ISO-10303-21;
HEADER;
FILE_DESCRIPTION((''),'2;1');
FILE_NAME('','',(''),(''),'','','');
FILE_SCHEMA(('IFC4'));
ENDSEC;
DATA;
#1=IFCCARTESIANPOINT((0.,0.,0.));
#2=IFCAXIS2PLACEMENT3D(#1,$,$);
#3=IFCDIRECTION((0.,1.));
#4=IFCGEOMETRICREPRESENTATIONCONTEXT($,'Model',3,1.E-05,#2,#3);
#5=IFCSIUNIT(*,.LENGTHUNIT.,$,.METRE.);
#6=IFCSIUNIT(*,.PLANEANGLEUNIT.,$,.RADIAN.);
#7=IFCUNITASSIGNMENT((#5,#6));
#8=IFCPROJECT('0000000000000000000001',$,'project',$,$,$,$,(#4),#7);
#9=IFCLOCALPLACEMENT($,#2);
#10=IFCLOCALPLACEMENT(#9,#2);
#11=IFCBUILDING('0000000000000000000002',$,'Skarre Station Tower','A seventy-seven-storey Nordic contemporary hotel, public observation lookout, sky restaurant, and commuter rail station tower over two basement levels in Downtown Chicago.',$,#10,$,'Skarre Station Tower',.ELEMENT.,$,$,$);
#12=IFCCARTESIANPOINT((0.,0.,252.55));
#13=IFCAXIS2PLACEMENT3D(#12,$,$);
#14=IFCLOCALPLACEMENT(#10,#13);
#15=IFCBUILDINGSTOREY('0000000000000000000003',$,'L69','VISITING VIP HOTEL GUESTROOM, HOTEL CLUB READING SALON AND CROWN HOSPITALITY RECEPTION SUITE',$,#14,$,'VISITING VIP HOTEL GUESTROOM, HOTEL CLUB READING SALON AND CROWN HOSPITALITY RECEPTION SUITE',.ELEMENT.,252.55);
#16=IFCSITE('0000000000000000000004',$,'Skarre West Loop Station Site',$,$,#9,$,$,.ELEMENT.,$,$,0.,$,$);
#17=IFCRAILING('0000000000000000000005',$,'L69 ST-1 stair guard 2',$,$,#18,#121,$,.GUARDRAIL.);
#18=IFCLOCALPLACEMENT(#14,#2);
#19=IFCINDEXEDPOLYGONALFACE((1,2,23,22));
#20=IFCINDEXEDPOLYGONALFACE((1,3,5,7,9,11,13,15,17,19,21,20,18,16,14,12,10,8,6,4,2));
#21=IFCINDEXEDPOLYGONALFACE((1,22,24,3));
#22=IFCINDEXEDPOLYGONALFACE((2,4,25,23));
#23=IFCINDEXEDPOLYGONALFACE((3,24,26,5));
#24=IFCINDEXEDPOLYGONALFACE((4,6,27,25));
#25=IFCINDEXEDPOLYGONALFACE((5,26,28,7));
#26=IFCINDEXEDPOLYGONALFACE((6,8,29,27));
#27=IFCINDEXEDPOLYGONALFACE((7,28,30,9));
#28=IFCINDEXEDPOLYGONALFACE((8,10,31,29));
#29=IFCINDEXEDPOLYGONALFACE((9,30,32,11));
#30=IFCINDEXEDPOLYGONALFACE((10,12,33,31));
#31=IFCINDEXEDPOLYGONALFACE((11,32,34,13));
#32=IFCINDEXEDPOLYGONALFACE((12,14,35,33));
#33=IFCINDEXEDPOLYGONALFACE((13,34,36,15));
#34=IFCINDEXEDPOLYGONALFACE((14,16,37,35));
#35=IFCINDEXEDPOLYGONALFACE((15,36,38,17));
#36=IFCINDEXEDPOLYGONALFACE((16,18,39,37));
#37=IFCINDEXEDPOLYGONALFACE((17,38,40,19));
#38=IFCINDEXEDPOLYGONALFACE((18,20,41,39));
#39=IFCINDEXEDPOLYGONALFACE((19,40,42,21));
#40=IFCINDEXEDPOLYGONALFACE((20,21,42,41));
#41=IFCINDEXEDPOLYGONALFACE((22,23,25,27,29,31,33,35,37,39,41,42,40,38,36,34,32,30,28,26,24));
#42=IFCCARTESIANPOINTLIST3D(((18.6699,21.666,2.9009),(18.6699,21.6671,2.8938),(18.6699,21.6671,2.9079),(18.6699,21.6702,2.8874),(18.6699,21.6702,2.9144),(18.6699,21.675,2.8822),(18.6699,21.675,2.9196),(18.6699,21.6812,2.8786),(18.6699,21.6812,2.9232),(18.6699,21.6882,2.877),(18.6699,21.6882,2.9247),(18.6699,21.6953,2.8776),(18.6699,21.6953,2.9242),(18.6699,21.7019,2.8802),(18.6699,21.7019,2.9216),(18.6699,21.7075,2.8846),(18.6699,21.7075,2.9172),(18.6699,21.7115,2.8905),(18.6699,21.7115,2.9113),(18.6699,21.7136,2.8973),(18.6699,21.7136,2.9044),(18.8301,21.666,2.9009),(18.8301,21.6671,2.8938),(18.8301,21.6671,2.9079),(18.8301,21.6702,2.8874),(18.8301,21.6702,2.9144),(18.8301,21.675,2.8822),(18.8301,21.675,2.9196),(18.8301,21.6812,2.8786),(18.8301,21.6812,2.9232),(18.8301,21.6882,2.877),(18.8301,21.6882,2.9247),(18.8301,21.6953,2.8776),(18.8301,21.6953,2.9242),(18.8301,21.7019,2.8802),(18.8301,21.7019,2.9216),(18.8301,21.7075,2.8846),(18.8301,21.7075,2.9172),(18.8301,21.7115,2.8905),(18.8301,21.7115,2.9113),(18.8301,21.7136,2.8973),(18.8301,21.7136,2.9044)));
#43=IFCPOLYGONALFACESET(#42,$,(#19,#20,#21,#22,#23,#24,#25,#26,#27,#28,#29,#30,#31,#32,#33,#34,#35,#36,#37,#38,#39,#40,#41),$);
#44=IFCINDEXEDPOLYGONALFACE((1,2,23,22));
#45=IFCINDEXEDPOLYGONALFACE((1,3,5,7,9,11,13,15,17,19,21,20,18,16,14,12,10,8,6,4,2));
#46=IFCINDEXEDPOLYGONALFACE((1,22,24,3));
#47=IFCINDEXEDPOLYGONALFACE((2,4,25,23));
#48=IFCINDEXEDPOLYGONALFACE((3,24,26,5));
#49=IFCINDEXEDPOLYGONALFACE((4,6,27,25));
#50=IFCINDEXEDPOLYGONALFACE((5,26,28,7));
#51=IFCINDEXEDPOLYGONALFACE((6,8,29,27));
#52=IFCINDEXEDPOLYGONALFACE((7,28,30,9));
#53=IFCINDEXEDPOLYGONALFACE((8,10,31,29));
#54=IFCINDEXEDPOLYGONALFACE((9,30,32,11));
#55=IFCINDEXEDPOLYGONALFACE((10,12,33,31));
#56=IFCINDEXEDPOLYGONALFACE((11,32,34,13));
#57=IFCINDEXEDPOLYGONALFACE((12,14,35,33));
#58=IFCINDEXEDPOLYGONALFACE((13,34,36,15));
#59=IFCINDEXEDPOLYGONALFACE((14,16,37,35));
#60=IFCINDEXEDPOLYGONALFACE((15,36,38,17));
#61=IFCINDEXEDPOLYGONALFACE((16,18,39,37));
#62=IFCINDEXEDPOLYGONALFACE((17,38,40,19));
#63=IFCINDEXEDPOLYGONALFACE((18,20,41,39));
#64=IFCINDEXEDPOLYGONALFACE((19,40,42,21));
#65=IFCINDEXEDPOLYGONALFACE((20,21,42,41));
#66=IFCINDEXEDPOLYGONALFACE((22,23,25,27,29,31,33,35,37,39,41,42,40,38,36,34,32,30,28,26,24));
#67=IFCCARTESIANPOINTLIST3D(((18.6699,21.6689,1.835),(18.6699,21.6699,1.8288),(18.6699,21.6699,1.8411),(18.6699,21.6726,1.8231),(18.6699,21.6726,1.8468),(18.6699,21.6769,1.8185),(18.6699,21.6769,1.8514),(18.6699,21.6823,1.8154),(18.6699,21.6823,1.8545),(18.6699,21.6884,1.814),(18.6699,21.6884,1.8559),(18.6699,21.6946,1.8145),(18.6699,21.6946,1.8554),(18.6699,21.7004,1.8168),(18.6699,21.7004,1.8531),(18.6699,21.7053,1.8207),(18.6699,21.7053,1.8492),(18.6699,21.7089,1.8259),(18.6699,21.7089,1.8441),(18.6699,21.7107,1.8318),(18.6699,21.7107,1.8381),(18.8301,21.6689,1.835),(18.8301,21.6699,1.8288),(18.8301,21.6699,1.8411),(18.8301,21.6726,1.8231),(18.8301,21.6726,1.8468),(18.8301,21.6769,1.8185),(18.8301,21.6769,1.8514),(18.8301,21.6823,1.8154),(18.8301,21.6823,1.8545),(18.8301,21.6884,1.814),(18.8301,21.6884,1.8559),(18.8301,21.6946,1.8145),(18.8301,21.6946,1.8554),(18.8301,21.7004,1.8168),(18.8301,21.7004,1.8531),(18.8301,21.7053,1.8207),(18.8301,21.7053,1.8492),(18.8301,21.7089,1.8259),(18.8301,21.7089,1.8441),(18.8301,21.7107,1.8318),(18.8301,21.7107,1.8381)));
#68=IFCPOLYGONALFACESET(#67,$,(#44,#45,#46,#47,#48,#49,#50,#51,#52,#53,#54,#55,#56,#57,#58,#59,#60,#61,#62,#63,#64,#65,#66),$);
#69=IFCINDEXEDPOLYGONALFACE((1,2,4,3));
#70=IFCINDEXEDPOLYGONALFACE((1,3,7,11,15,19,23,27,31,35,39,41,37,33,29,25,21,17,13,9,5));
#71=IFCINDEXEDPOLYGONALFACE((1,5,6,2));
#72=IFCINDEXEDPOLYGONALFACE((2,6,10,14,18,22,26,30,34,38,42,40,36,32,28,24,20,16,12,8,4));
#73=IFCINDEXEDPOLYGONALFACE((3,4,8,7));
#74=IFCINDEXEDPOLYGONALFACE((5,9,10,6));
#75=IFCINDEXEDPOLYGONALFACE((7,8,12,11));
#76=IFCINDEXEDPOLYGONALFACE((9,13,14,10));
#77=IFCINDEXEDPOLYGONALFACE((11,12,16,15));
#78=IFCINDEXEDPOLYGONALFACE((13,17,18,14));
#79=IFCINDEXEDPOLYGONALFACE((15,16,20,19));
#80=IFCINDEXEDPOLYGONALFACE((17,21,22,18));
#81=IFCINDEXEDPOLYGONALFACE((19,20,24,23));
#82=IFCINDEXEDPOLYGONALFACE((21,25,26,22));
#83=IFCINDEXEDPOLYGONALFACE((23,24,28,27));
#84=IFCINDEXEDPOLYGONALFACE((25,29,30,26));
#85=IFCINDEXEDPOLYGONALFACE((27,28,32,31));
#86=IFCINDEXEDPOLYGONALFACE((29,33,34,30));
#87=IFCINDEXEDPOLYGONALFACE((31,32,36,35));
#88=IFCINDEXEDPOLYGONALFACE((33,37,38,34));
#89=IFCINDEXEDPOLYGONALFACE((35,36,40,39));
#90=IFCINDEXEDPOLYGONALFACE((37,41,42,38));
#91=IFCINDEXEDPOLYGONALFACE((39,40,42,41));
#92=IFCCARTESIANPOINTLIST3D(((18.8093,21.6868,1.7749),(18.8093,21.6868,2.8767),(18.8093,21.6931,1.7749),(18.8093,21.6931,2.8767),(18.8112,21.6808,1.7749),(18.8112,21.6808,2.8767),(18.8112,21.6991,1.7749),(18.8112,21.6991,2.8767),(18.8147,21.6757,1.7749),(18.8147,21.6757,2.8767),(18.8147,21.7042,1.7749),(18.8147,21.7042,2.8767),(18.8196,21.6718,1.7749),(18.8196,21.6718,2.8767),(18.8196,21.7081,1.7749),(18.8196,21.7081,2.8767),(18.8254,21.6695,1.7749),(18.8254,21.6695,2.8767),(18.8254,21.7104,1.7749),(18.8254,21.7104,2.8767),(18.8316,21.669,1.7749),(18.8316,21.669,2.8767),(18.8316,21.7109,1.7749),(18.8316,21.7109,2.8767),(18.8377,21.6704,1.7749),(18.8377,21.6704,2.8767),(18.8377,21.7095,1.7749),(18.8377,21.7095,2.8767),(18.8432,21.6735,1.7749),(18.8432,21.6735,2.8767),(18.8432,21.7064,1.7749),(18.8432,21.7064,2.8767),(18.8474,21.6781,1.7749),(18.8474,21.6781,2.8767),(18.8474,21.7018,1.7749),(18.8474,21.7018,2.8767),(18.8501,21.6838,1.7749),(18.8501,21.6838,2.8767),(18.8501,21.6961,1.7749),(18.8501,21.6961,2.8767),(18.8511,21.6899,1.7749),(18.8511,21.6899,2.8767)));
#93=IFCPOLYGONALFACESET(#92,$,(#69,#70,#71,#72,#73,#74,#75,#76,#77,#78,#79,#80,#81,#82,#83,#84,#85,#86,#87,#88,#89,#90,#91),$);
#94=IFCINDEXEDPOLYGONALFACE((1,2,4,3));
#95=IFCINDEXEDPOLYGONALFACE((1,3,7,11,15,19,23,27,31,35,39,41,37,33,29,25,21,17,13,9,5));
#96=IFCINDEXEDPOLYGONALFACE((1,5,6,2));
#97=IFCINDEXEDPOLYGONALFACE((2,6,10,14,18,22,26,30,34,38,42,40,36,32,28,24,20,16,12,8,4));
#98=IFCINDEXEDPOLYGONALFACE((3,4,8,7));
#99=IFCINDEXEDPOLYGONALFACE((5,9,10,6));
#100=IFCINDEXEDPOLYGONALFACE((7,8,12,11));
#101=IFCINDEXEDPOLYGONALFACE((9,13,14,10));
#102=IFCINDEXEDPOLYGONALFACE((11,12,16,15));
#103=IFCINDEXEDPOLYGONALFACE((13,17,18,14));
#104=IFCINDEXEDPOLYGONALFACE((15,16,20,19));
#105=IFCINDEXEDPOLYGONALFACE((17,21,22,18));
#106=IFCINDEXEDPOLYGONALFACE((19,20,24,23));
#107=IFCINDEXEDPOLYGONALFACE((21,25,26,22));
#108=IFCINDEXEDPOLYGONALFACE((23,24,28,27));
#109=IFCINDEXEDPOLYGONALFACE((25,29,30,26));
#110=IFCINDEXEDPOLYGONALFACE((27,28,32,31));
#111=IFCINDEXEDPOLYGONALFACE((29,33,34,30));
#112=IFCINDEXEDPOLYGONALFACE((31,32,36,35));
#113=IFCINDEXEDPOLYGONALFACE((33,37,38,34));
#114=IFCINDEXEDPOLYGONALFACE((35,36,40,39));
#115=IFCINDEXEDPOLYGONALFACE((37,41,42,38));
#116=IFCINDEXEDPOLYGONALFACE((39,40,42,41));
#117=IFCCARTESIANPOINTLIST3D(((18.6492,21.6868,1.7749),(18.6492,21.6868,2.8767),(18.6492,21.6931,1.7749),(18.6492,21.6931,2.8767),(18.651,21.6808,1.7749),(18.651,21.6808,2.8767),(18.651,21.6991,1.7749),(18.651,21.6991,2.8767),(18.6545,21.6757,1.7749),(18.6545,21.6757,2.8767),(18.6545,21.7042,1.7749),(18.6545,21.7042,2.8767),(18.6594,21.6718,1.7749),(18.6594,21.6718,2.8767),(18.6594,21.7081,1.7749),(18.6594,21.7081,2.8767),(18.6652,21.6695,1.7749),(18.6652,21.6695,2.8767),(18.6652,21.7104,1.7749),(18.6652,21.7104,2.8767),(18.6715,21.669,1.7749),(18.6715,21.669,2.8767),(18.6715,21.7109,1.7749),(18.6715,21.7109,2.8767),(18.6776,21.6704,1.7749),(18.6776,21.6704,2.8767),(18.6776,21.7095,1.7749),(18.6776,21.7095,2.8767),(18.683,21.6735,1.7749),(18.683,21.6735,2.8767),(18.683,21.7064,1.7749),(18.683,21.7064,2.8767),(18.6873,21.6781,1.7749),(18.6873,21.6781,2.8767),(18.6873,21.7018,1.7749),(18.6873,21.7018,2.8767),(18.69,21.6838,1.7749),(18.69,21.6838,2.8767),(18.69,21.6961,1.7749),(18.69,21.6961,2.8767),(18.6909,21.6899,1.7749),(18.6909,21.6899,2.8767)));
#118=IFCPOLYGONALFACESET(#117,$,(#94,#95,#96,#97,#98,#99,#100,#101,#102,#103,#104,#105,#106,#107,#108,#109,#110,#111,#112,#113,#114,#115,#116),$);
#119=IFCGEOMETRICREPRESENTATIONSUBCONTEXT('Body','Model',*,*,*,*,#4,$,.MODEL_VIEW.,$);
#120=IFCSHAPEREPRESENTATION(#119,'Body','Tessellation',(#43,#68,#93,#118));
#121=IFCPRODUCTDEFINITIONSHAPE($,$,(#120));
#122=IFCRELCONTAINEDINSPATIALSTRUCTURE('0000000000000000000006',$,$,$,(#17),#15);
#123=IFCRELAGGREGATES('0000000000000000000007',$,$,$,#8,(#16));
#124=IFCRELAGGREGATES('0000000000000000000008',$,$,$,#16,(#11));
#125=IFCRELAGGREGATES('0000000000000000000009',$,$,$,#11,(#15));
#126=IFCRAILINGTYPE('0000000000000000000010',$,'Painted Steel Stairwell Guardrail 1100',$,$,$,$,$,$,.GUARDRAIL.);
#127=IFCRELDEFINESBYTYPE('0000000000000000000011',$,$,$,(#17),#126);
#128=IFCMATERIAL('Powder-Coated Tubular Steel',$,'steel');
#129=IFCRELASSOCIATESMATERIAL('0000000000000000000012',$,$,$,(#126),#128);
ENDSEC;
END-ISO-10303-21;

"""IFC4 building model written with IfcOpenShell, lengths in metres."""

from ifc_helpers import new_model, si_unit, direction, frame, origin, origin_2d, place, context, subcontext, project, spatial, circle, extrude, material, type_object, element, save


model = new_model("IFC4")

# Units and contexts
model_context = context("Model", 3, precision=1e-05, world=origin(), true_north=direction((0.0, 1.0)))
body_context = subcontext(model_context, "Body", "Model", "MODEL_VIEW")
ifc_project = project(units=[si_unit("LENGTHUNIT", "METRE"), si_unit("PLANEANGLEUNIT", "RADIAN")], contexts=[model_context])

# Site, building, storey
site_placement = place(None, origin())
site = spatial("IfcSite", under=ifc_project, at=site_placement, Name="Skarre West Loop Station Site", CompositionType="ELEMENT", RefElevation=0.0)
building_placement = place(site_placement, origin())
building = spatial("IfcBuilding", under=site, at=building_placement, Name="Skarre Station Tower", Description="A seventy-seven-storey Nordic contemporary hotel, public observation lookout, sky restaurant, and commuter rail station tower over two basement levels in Downtown Chicago.", LongName="Skarre Station Tower", CompositionType="ELEMENT")
storey_placement = place(building_placement, frame((0.0, 0.0, 252.55)))
storey = spatial("IfcBuildingStorey", under=building, at=storey_placement, Name="L69", Description="VISITING VIP HOTEL GUESTROOM, HOTEL CLUB READING SALON AND CROWN HOSPITALITY RECEPTION SUITE", LongName="VISITING VIP HOTEL GUESTROOM, HOTEL CLUB READING SALON AND CROWN HOSPITALITY RECEPTION SUITE", CompositionType="ELEMENT", Elevation=252.55)

# Railing
ifc_material_1 = material(Name="Powder-Coated Tubular Steel", Category="steel")
railing_type_1 = type_object("IfcRailingType", Name="Painted Steel Stairwell Guardrail 1100", PredefinedType="GUARDRAIL", material=ifc_material_1)
railing_1_placement = place(storey_placement, frame((18.8301, 21.6899, 1.7749)))
element("IfcRailing", 1, at=railing_1_placement, inside=storey, type_object=railing_type_1, Name="L69 ST-1 stair guard 2", PredefinedType="GUARDRAIL", context=body_context, shape_type="SweptSolid", body=[
    extrude(circle(Radius=0.0239, at=origin_2d()), frame((0.0, 0.0, 1.126), z_axis=(-1.0, 0.0, 0.0), x_axis=(0.0, -1.0, 0.0)), (0.0, 0.0, 1.0), 0.1602),
    extrude(circle(Radius=0.021, at=origin_2d()), frame((0.0, 0.0, 0.0601), z_axis=(-1.0, 0.0, 0.0), x_axis=(0.0, -1.0, 0.0)), (0.0, 0.0, 1.0), 0.1602),
    extrude(circle(Radius=0.021, at=origin_2d()), origin(), (0.0, 0.0, 1.0), 1.1018),
    extrude(circle(Radius=0.021, at=origin_2d()), frame((-0.1602, 0.0, 0.0)), (0.0, 0.0, 1.0), 1.1018),
])

save(model, "model.ifc")
